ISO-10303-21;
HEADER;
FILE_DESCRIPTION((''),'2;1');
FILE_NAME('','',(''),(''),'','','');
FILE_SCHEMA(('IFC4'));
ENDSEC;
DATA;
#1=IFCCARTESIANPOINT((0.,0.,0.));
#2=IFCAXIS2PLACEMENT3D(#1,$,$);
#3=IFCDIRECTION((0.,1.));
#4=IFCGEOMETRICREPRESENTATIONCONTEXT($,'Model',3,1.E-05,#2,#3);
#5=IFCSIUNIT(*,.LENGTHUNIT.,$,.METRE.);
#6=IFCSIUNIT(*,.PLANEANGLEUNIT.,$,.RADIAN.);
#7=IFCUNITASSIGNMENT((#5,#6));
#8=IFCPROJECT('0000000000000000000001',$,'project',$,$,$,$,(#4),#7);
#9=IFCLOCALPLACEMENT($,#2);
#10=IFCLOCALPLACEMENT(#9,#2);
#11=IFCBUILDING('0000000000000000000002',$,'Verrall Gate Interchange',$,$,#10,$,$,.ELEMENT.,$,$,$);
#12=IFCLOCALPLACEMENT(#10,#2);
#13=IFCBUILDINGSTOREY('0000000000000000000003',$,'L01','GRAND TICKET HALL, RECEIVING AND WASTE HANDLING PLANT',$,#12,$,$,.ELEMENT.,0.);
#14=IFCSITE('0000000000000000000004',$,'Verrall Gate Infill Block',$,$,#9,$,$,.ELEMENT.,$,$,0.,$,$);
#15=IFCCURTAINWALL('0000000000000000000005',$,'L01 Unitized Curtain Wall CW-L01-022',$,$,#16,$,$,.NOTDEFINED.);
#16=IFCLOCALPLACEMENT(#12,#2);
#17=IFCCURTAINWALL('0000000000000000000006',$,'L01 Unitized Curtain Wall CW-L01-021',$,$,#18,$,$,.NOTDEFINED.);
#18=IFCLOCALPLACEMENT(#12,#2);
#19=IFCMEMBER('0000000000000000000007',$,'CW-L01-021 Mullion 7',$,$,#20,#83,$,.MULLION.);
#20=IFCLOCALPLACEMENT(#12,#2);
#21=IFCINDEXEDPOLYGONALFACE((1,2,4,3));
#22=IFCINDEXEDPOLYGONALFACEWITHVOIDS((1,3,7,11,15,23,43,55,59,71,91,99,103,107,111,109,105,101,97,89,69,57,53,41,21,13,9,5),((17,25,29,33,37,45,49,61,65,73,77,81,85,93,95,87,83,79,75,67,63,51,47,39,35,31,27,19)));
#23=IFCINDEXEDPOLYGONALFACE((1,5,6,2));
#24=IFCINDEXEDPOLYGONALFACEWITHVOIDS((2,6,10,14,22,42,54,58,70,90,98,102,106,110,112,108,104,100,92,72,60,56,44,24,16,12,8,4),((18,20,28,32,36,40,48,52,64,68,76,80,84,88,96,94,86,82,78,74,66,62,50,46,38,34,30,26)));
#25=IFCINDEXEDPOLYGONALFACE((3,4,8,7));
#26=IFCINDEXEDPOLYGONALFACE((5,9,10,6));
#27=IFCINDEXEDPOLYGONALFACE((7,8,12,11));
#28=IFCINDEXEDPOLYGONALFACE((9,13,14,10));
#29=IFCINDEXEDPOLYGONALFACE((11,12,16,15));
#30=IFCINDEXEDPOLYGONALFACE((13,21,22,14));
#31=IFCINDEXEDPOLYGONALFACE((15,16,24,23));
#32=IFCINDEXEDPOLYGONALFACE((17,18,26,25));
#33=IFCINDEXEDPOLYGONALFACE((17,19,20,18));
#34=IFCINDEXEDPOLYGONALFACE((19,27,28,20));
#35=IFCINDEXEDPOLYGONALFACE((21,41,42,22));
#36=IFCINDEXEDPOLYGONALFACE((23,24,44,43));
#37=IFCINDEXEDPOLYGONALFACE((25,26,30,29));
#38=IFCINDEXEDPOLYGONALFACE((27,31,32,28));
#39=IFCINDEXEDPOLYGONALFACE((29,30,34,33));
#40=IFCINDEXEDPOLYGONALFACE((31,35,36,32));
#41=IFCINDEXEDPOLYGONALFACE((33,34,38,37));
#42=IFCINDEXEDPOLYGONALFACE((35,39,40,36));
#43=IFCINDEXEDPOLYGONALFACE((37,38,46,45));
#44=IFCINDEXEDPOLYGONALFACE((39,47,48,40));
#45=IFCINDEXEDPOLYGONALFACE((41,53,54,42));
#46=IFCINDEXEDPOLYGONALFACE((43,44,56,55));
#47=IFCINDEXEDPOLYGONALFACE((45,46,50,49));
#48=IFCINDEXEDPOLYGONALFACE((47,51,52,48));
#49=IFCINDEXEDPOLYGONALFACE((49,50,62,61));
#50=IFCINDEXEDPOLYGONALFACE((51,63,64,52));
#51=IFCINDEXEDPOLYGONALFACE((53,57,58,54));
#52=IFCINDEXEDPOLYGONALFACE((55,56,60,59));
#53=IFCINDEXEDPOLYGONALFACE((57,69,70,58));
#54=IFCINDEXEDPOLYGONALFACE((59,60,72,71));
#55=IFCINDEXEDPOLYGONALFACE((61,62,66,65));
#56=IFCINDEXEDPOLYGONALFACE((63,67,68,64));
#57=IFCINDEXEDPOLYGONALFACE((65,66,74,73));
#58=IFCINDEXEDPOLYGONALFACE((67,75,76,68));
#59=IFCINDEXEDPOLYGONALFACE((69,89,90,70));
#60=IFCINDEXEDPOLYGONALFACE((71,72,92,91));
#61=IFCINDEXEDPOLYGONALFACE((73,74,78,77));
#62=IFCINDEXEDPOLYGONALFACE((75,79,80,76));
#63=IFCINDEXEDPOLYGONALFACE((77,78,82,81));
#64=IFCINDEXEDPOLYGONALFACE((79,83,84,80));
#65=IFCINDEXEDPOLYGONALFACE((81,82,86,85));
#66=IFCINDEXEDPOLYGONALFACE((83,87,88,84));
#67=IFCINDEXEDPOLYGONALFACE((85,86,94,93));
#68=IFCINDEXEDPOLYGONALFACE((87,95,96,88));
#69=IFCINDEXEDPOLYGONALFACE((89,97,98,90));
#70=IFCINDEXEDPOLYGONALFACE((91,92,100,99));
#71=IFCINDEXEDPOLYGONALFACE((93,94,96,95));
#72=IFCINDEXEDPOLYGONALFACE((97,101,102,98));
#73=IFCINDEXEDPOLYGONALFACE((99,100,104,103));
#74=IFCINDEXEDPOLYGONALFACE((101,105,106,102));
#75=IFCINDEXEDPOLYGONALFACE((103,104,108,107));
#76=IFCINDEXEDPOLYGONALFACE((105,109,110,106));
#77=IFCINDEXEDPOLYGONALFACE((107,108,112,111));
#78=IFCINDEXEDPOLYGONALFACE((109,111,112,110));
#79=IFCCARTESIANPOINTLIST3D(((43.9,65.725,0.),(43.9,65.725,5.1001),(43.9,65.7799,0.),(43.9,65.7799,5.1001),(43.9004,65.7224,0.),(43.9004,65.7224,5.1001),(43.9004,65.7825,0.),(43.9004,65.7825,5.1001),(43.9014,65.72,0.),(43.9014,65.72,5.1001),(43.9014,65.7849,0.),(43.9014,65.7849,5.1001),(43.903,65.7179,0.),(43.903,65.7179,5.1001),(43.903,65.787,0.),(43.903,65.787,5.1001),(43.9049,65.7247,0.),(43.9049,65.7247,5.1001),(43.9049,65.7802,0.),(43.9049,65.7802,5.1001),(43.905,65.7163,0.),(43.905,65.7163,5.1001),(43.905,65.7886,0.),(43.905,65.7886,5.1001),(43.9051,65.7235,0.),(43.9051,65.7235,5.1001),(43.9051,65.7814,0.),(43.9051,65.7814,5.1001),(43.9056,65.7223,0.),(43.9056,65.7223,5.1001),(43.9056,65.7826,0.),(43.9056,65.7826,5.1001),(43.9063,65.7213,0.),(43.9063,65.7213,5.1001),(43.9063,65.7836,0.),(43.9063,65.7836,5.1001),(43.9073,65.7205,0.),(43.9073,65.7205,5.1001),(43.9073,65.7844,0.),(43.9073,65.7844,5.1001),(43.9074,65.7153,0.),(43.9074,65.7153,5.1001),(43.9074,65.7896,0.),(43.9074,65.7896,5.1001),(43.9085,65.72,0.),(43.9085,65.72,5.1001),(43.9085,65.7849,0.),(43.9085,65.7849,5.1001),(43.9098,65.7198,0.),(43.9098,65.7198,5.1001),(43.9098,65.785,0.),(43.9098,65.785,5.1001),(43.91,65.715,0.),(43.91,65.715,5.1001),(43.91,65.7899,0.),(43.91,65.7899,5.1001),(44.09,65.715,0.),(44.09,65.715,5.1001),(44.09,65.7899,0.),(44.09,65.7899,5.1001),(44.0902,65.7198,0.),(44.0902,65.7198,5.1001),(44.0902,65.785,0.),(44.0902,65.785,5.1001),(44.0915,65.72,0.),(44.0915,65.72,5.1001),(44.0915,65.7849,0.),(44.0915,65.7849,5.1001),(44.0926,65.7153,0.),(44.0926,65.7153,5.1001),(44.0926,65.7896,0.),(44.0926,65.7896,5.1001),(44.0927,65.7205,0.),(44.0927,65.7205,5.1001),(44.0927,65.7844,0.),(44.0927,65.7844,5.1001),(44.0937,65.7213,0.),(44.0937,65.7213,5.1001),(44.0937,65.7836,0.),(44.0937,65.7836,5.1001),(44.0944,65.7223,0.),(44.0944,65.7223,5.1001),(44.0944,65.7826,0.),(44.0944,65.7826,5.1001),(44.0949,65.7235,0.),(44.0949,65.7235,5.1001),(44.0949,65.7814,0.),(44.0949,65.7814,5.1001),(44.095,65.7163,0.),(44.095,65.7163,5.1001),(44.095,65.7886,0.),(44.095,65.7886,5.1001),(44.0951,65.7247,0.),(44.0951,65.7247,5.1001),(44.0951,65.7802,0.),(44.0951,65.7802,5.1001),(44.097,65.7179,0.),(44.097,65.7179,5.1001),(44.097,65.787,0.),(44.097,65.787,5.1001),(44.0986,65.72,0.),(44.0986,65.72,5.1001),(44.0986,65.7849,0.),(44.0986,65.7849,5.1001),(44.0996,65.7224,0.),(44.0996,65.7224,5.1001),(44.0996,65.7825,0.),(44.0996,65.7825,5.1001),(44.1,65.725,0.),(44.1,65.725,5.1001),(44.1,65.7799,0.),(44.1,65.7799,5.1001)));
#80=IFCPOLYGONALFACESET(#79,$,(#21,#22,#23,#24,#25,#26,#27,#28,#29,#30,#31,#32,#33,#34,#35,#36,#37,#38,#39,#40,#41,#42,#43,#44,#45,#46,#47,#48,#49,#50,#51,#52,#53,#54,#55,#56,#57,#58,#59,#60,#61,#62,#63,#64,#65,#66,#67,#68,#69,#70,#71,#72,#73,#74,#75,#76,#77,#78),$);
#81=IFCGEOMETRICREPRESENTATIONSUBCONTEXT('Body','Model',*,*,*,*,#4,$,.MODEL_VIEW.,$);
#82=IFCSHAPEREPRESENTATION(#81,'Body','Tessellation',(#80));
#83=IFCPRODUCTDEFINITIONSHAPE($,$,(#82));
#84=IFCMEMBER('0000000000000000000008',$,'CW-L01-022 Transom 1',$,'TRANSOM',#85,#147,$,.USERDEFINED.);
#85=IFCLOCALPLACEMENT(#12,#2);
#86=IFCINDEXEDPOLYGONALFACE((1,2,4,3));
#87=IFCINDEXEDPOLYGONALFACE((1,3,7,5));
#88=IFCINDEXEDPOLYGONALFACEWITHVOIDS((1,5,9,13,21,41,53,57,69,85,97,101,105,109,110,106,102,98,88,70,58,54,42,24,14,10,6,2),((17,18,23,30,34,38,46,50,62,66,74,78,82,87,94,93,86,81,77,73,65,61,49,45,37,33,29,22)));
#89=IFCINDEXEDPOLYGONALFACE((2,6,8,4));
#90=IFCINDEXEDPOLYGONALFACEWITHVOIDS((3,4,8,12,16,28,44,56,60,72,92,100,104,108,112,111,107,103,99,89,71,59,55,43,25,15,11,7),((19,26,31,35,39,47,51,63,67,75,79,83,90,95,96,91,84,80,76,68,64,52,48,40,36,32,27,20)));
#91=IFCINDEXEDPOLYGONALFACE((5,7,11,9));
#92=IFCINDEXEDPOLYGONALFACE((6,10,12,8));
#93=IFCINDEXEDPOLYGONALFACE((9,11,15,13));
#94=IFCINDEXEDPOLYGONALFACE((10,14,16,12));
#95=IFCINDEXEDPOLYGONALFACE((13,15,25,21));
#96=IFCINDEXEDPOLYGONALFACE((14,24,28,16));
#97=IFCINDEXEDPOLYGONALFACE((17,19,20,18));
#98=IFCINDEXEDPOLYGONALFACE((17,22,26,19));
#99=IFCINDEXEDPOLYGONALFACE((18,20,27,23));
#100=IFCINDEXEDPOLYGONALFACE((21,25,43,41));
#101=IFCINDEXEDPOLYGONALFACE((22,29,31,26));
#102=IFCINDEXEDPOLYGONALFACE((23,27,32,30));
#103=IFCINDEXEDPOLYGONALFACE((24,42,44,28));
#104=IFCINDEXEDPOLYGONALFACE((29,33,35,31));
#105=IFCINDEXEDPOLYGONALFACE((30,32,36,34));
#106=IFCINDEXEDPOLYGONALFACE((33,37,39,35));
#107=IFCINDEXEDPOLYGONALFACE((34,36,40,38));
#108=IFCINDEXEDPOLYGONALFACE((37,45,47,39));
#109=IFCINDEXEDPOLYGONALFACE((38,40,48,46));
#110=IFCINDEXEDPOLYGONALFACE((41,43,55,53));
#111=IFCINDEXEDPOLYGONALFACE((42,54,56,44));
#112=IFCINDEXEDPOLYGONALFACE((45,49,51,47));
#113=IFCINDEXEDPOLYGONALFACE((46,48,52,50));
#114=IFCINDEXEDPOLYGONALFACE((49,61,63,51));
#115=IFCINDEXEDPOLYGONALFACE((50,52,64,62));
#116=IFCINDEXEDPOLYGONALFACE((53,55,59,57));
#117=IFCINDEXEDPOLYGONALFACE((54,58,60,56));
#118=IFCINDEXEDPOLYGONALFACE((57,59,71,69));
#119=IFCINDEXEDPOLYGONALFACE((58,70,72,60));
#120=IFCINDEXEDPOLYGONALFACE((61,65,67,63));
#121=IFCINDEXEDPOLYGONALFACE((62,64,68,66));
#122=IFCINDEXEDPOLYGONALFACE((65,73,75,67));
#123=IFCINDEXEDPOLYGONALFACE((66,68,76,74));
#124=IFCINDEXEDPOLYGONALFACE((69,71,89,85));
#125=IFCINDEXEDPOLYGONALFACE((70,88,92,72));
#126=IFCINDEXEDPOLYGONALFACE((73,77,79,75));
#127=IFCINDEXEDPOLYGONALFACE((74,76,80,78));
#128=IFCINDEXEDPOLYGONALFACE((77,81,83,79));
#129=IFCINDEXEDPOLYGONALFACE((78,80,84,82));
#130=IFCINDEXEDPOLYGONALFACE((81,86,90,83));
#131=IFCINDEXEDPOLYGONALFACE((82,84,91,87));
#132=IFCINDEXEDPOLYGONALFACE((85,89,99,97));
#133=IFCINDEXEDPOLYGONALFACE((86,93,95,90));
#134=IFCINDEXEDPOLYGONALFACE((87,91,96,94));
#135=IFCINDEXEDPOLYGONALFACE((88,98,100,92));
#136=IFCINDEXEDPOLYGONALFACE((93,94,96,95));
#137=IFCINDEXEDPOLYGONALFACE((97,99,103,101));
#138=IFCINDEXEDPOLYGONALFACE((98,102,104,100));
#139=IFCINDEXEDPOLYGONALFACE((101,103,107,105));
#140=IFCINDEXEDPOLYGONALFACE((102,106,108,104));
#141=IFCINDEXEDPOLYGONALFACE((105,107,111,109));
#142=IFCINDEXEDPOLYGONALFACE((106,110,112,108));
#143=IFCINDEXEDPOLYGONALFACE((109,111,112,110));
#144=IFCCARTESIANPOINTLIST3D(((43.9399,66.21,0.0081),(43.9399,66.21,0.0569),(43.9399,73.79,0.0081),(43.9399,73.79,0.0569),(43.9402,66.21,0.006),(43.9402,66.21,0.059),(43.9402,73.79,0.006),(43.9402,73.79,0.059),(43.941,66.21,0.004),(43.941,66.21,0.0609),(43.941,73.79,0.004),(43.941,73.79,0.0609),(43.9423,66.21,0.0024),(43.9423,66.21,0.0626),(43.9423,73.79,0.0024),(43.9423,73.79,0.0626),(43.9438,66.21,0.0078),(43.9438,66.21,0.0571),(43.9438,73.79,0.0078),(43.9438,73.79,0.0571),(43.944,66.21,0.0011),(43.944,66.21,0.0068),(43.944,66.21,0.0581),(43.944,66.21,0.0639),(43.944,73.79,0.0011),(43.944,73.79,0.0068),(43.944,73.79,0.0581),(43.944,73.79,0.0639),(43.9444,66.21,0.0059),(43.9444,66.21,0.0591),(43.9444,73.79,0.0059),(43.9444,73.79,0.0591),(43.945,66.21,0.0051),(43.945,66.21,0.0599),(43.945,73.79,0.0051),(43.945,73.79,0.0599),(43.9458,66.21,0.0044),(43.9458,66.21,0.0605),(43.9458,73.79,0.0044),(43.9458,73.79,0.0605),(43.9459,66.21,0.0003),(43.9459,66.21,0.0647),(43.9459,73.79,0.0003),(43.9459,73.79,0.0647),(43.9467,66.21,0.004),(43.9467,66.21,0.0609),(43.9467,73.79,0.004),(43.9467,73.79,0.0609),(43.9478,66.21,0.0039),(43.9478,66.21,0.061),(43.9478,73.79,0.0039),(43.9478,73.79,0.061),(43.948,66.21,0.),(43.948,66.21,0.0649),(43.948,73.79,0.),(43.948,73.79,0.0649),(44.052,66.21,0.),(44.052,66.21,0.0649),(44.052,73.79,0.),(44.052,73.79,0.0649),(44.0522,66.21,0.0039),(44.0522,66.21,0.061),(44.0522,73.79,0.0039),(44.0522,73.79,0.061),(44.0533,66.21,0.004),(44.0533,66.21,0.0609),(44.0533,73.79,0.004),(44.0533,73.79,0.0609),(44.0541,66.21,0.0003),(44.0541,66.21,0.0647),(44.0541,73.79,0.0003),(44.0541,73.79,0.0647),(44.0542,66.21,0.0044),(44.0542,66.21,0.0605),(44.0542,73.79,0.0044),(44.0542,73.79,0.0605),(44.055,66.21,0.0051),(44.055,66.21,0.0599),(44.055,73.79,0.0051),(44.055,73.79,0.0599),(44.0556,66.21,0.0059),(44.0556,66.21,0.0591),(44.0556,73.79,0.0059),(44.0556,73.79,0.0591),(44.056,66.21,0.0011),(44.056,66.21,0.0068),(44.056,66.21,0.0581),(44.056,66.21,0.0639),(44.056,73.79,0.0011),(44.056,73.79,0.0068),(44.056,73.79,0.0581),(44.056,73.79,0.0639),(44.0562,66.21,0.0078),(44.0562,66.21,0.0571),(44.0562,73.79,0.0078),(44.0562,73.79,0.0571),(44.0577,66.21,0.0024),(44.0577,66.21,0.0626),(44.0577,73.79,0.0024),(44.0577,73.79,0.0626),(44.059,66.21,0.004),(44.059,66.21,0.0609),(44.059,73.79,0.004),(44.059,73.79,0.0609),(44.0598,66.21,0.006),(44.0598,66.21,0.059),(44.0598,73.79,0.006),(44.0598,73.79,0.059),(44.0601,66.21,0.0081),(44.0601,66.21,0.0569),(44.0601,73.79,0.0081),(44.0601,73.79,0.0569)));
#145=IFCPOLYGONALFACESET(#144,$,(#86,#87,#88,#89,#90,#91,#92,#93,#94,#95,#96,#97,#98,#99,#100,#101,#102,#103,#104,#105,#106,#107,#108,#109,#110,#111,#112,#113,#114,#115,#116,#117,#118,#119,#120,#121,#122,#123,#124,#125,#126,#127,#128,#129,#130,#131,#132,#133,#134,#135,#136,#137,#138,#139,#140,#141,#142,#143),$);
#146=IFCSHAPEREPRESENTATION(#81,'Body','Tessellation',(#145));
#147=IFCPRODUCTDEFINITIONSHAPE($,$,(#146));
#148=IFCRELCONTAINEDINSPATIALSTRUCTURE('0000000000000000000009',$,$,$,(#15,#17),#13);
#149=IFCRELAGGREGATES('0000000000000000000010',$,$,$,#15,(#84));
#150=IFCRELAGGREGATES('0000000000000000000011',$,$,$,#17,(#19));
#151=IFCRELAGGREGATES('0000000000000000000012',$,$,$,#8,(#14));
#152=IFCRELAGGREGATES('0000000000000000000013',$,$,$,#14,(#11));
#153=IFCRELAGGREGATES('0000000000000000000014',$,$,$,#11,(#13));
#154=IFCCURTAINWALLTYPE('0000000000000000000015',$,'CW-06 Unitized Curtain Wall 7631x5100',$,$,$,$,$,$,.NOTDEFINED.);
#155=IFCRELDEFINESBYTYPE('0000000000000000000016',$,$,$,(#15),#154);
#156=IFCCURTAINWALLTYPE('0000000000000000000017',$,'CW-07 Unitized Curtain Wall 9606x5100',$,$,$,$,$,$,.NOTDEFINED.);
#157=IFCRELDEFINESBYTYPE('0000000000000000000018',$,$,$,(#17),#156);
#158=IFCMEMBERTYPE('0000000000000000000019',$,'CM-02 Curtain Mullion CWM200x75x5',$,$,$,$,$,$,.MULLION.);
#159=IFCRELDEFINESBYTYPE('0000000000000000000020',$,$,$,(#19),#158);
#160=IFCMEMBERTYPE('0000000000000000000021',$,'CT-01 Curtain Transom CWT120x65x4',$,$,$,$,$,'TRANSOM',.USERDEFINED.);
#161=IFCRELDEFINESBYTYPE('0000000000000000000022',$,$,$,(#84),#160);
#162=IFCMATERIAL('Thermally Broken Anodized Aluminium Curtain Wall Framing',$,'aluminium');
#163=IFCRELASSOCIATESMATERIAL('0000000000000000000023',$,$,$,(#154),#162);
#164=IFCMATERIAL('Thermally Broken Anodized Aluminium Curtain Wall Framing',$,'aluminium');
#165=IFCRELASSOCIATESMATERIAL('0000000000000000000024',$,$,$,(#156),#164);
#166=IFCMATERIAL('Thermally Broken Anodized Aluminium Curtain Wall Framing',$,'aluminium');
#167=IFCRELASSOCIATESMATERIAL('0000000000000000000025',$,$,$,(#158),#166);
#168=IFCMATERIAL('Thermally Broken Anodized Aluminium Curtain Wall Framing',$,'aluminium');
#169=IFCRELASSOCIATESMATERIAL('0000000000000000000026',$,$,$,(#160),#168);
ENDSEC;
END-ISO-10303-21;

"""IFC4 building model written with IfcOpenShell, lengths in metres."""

from ifc_helpers import new_model, si_unit, direction, frame, origin, origin_2d, place, context, subcontext, project, spatial, hollow_rectangle, extrude, material, material_profile, profile_set, type_object, element, aggregate, save


model = new_model("IFC4")

# Units and contexts
model_context = context("Model", 3, precision=1e-05, world=origin(), true_north=direction((0.0, 1.0)))
body_context = subcontext(model_context, "Body", "Model", "MODEL_VIEW")
ifc_project = project(units=[si_unit("LENGTHUNIT", "METRE"), si_unit("PLANEANGLEUNIT", "RADIAN")], contexts=[model_context])

# Site, building, storey
site_placement = place(None, origin())
site = spatial("IfcSite", under=ifc_project, at=site_placement, Name="Verrall Gate Infill Block", CompositionType="ELEMENT", RefElevation=0.0)
building_placement = place(site_placement, origin())
building = spatial("IfcBuilding", under=site, at=building_placement, Name="Verrall Gate Interchange", CompositionType="ELEMENT")
storey_placement = place(building_placement, origin())
storey = spatial("IfcBuildingStorey", under=building, at=storey_placement, Name="L01", Description="GRAND TICKET HALL, RECEIVING AND WASTE HANDLING PLANT", CompositionType="ELEMENT", Elevation=0.0)

# Curtain wall
ifc_material_1 = material(Name="Thermally Broken Anodized Aluminium Curtain Wall Framing", Category="aluminium")
curtain_wall_type_1 = type_object("IfcCurtainWallType", Name="CW-06 Unitized Curtain Wall 7631x5100", PredefinedType="NOTDEFINED", material=ifc_material_1)
curtain_wall_1_placement = place(storey_placement, origin())
curtain_wall_1 = element("IfcCurtainWall", 1, at=curtain_wall_1_placement, inside=storey, type_object=curtain_wall_type_1, Name="L01 Unitized Curtain Wall CW-L01-022", PredefinedType="NOTDEFINED")

# Curtain wall, member
ifc_material_2 = material(Name="Thermally Broken Anodized Aluminium Curtain Wall Framing", Category="aluminium")
curtain_wall_type_2 = type_object("IfcCurtainWallType", Name="CW-07 Unitized Curtain Wall 9606x5100", PredefinedType="NOTDEFINED", material=ifc_material_2)
curtain_wall_2_placement = place(storey_placement, origin())
curtain_wall_2 = element("IfcCurtainWall", 2, at=curtain_wall_2_placement, inside=storey, type_object=curtain_wall_type_2, Name="L01 Unitized Curtain Wall CW-L01-021", PredefinedType="NOTDEFINED")
ifc_material_3 = material(Name="Thermally Broken Anodized Aluminium Curtain Wall Framing", Category="aluminium")
ifc_material_profile_1 = material_profile(ifc_material_3, hollow_rectangle(XDim=0.075, YDim=0.2, WallThickness=0.0049, InnerFilletRadius=0.0049, OuterFilletRadius=0.01, at=origin_2d()), Name="CWM200x75x5")
ifc_profile_set_1 = profile_set([ifc_material_profile_1], Name="Thermally Broken Anodized Aluminium Curtain Wall Framing")
member_type_1 = type_object("IfcMemberType", Name="CM-02 Curtain Mullion CWM200x75x5", PredefinedType="MULLION", material=ifc_profile_set_1)
member_1_placement = place(storey_placement, frame((44.0, 65.7524, 0.0), z_axis=(0.0, 0.0, 1.0), x_axis=(0.0, 1.0, 0.0)))
member_1 = element("IfcMember", 3, at=member_1_placement, type_object=member_type_1, Name="CW-L01-021 Mullion 7", PredefinedType="MULLION", context=body_context, shape_type="SweptSolid", body=[
    extrude(hollow_rectangle(XDim=0.075, YDim=0.2, WallThickness=0.0049, InnerFilletRadius=0.0049, OuterFilletRadius=0.01, at=origin_2d()), origin(), (0.0, 0.0, 1.0), 5.1001),
])

# Member
ifc_material_4 = material(Name="Thermally Broken Anodized Aluminium Curtain Wall Framing", Category="aluminium")
ifc_material_profile_2 = material_profile(ifc_material_4, hollow_rectangle(XDim=0.1201, YDim=0.0649, WallThickness=0.0039, InnerFilletRadius=0.0039, OuterFilletRadius=0.0081, at=origin_2d()), Name="CWT120x65x4")
ifc_profile_set_2 = profile_set([ifc_material_profile_2], Name="Thermally Broken Anodized Aluminium Curtain Wall Framing")
member_type_2 = type_object("IfcMemberType", Name="CT-01 Curtain Transom CWT120x65x4", ElementType="TRANSOM", PredefinedType="USERDEFINED", material=ifc_profile_set_2)
member_2_placement = place(storey_placement, frame((44.0, 66.21, 0.0325), z_axis=(0.0, 1.0, 0.0), x_axis=(-1.0, 0.0, 0.0)))
member_2 = element("IfcMember", 4, at=member_2_placement, type_object=member_type_2, Name="CW-L01-022 Transom 1", ObjectType="TRANSOM", PredefinedType="USERDEFINED", context=body_context, shape_type="SweptSolid", body=[
    extrude(hollow_rectangle(XDim=0.1201, YDim=0.0649, WallThickness=0.0039, InnerFilletRadius=0.0039, OuterFilletRadius=0.0081, at=origin_2d()), origin(), (0.0, 0.0, 1.0), 7.5801),
])
aggregate(curtain_wall_1, [member_2])

aggregate(curtain_wall_2, [member_1])

save(model, "model.ifc")
